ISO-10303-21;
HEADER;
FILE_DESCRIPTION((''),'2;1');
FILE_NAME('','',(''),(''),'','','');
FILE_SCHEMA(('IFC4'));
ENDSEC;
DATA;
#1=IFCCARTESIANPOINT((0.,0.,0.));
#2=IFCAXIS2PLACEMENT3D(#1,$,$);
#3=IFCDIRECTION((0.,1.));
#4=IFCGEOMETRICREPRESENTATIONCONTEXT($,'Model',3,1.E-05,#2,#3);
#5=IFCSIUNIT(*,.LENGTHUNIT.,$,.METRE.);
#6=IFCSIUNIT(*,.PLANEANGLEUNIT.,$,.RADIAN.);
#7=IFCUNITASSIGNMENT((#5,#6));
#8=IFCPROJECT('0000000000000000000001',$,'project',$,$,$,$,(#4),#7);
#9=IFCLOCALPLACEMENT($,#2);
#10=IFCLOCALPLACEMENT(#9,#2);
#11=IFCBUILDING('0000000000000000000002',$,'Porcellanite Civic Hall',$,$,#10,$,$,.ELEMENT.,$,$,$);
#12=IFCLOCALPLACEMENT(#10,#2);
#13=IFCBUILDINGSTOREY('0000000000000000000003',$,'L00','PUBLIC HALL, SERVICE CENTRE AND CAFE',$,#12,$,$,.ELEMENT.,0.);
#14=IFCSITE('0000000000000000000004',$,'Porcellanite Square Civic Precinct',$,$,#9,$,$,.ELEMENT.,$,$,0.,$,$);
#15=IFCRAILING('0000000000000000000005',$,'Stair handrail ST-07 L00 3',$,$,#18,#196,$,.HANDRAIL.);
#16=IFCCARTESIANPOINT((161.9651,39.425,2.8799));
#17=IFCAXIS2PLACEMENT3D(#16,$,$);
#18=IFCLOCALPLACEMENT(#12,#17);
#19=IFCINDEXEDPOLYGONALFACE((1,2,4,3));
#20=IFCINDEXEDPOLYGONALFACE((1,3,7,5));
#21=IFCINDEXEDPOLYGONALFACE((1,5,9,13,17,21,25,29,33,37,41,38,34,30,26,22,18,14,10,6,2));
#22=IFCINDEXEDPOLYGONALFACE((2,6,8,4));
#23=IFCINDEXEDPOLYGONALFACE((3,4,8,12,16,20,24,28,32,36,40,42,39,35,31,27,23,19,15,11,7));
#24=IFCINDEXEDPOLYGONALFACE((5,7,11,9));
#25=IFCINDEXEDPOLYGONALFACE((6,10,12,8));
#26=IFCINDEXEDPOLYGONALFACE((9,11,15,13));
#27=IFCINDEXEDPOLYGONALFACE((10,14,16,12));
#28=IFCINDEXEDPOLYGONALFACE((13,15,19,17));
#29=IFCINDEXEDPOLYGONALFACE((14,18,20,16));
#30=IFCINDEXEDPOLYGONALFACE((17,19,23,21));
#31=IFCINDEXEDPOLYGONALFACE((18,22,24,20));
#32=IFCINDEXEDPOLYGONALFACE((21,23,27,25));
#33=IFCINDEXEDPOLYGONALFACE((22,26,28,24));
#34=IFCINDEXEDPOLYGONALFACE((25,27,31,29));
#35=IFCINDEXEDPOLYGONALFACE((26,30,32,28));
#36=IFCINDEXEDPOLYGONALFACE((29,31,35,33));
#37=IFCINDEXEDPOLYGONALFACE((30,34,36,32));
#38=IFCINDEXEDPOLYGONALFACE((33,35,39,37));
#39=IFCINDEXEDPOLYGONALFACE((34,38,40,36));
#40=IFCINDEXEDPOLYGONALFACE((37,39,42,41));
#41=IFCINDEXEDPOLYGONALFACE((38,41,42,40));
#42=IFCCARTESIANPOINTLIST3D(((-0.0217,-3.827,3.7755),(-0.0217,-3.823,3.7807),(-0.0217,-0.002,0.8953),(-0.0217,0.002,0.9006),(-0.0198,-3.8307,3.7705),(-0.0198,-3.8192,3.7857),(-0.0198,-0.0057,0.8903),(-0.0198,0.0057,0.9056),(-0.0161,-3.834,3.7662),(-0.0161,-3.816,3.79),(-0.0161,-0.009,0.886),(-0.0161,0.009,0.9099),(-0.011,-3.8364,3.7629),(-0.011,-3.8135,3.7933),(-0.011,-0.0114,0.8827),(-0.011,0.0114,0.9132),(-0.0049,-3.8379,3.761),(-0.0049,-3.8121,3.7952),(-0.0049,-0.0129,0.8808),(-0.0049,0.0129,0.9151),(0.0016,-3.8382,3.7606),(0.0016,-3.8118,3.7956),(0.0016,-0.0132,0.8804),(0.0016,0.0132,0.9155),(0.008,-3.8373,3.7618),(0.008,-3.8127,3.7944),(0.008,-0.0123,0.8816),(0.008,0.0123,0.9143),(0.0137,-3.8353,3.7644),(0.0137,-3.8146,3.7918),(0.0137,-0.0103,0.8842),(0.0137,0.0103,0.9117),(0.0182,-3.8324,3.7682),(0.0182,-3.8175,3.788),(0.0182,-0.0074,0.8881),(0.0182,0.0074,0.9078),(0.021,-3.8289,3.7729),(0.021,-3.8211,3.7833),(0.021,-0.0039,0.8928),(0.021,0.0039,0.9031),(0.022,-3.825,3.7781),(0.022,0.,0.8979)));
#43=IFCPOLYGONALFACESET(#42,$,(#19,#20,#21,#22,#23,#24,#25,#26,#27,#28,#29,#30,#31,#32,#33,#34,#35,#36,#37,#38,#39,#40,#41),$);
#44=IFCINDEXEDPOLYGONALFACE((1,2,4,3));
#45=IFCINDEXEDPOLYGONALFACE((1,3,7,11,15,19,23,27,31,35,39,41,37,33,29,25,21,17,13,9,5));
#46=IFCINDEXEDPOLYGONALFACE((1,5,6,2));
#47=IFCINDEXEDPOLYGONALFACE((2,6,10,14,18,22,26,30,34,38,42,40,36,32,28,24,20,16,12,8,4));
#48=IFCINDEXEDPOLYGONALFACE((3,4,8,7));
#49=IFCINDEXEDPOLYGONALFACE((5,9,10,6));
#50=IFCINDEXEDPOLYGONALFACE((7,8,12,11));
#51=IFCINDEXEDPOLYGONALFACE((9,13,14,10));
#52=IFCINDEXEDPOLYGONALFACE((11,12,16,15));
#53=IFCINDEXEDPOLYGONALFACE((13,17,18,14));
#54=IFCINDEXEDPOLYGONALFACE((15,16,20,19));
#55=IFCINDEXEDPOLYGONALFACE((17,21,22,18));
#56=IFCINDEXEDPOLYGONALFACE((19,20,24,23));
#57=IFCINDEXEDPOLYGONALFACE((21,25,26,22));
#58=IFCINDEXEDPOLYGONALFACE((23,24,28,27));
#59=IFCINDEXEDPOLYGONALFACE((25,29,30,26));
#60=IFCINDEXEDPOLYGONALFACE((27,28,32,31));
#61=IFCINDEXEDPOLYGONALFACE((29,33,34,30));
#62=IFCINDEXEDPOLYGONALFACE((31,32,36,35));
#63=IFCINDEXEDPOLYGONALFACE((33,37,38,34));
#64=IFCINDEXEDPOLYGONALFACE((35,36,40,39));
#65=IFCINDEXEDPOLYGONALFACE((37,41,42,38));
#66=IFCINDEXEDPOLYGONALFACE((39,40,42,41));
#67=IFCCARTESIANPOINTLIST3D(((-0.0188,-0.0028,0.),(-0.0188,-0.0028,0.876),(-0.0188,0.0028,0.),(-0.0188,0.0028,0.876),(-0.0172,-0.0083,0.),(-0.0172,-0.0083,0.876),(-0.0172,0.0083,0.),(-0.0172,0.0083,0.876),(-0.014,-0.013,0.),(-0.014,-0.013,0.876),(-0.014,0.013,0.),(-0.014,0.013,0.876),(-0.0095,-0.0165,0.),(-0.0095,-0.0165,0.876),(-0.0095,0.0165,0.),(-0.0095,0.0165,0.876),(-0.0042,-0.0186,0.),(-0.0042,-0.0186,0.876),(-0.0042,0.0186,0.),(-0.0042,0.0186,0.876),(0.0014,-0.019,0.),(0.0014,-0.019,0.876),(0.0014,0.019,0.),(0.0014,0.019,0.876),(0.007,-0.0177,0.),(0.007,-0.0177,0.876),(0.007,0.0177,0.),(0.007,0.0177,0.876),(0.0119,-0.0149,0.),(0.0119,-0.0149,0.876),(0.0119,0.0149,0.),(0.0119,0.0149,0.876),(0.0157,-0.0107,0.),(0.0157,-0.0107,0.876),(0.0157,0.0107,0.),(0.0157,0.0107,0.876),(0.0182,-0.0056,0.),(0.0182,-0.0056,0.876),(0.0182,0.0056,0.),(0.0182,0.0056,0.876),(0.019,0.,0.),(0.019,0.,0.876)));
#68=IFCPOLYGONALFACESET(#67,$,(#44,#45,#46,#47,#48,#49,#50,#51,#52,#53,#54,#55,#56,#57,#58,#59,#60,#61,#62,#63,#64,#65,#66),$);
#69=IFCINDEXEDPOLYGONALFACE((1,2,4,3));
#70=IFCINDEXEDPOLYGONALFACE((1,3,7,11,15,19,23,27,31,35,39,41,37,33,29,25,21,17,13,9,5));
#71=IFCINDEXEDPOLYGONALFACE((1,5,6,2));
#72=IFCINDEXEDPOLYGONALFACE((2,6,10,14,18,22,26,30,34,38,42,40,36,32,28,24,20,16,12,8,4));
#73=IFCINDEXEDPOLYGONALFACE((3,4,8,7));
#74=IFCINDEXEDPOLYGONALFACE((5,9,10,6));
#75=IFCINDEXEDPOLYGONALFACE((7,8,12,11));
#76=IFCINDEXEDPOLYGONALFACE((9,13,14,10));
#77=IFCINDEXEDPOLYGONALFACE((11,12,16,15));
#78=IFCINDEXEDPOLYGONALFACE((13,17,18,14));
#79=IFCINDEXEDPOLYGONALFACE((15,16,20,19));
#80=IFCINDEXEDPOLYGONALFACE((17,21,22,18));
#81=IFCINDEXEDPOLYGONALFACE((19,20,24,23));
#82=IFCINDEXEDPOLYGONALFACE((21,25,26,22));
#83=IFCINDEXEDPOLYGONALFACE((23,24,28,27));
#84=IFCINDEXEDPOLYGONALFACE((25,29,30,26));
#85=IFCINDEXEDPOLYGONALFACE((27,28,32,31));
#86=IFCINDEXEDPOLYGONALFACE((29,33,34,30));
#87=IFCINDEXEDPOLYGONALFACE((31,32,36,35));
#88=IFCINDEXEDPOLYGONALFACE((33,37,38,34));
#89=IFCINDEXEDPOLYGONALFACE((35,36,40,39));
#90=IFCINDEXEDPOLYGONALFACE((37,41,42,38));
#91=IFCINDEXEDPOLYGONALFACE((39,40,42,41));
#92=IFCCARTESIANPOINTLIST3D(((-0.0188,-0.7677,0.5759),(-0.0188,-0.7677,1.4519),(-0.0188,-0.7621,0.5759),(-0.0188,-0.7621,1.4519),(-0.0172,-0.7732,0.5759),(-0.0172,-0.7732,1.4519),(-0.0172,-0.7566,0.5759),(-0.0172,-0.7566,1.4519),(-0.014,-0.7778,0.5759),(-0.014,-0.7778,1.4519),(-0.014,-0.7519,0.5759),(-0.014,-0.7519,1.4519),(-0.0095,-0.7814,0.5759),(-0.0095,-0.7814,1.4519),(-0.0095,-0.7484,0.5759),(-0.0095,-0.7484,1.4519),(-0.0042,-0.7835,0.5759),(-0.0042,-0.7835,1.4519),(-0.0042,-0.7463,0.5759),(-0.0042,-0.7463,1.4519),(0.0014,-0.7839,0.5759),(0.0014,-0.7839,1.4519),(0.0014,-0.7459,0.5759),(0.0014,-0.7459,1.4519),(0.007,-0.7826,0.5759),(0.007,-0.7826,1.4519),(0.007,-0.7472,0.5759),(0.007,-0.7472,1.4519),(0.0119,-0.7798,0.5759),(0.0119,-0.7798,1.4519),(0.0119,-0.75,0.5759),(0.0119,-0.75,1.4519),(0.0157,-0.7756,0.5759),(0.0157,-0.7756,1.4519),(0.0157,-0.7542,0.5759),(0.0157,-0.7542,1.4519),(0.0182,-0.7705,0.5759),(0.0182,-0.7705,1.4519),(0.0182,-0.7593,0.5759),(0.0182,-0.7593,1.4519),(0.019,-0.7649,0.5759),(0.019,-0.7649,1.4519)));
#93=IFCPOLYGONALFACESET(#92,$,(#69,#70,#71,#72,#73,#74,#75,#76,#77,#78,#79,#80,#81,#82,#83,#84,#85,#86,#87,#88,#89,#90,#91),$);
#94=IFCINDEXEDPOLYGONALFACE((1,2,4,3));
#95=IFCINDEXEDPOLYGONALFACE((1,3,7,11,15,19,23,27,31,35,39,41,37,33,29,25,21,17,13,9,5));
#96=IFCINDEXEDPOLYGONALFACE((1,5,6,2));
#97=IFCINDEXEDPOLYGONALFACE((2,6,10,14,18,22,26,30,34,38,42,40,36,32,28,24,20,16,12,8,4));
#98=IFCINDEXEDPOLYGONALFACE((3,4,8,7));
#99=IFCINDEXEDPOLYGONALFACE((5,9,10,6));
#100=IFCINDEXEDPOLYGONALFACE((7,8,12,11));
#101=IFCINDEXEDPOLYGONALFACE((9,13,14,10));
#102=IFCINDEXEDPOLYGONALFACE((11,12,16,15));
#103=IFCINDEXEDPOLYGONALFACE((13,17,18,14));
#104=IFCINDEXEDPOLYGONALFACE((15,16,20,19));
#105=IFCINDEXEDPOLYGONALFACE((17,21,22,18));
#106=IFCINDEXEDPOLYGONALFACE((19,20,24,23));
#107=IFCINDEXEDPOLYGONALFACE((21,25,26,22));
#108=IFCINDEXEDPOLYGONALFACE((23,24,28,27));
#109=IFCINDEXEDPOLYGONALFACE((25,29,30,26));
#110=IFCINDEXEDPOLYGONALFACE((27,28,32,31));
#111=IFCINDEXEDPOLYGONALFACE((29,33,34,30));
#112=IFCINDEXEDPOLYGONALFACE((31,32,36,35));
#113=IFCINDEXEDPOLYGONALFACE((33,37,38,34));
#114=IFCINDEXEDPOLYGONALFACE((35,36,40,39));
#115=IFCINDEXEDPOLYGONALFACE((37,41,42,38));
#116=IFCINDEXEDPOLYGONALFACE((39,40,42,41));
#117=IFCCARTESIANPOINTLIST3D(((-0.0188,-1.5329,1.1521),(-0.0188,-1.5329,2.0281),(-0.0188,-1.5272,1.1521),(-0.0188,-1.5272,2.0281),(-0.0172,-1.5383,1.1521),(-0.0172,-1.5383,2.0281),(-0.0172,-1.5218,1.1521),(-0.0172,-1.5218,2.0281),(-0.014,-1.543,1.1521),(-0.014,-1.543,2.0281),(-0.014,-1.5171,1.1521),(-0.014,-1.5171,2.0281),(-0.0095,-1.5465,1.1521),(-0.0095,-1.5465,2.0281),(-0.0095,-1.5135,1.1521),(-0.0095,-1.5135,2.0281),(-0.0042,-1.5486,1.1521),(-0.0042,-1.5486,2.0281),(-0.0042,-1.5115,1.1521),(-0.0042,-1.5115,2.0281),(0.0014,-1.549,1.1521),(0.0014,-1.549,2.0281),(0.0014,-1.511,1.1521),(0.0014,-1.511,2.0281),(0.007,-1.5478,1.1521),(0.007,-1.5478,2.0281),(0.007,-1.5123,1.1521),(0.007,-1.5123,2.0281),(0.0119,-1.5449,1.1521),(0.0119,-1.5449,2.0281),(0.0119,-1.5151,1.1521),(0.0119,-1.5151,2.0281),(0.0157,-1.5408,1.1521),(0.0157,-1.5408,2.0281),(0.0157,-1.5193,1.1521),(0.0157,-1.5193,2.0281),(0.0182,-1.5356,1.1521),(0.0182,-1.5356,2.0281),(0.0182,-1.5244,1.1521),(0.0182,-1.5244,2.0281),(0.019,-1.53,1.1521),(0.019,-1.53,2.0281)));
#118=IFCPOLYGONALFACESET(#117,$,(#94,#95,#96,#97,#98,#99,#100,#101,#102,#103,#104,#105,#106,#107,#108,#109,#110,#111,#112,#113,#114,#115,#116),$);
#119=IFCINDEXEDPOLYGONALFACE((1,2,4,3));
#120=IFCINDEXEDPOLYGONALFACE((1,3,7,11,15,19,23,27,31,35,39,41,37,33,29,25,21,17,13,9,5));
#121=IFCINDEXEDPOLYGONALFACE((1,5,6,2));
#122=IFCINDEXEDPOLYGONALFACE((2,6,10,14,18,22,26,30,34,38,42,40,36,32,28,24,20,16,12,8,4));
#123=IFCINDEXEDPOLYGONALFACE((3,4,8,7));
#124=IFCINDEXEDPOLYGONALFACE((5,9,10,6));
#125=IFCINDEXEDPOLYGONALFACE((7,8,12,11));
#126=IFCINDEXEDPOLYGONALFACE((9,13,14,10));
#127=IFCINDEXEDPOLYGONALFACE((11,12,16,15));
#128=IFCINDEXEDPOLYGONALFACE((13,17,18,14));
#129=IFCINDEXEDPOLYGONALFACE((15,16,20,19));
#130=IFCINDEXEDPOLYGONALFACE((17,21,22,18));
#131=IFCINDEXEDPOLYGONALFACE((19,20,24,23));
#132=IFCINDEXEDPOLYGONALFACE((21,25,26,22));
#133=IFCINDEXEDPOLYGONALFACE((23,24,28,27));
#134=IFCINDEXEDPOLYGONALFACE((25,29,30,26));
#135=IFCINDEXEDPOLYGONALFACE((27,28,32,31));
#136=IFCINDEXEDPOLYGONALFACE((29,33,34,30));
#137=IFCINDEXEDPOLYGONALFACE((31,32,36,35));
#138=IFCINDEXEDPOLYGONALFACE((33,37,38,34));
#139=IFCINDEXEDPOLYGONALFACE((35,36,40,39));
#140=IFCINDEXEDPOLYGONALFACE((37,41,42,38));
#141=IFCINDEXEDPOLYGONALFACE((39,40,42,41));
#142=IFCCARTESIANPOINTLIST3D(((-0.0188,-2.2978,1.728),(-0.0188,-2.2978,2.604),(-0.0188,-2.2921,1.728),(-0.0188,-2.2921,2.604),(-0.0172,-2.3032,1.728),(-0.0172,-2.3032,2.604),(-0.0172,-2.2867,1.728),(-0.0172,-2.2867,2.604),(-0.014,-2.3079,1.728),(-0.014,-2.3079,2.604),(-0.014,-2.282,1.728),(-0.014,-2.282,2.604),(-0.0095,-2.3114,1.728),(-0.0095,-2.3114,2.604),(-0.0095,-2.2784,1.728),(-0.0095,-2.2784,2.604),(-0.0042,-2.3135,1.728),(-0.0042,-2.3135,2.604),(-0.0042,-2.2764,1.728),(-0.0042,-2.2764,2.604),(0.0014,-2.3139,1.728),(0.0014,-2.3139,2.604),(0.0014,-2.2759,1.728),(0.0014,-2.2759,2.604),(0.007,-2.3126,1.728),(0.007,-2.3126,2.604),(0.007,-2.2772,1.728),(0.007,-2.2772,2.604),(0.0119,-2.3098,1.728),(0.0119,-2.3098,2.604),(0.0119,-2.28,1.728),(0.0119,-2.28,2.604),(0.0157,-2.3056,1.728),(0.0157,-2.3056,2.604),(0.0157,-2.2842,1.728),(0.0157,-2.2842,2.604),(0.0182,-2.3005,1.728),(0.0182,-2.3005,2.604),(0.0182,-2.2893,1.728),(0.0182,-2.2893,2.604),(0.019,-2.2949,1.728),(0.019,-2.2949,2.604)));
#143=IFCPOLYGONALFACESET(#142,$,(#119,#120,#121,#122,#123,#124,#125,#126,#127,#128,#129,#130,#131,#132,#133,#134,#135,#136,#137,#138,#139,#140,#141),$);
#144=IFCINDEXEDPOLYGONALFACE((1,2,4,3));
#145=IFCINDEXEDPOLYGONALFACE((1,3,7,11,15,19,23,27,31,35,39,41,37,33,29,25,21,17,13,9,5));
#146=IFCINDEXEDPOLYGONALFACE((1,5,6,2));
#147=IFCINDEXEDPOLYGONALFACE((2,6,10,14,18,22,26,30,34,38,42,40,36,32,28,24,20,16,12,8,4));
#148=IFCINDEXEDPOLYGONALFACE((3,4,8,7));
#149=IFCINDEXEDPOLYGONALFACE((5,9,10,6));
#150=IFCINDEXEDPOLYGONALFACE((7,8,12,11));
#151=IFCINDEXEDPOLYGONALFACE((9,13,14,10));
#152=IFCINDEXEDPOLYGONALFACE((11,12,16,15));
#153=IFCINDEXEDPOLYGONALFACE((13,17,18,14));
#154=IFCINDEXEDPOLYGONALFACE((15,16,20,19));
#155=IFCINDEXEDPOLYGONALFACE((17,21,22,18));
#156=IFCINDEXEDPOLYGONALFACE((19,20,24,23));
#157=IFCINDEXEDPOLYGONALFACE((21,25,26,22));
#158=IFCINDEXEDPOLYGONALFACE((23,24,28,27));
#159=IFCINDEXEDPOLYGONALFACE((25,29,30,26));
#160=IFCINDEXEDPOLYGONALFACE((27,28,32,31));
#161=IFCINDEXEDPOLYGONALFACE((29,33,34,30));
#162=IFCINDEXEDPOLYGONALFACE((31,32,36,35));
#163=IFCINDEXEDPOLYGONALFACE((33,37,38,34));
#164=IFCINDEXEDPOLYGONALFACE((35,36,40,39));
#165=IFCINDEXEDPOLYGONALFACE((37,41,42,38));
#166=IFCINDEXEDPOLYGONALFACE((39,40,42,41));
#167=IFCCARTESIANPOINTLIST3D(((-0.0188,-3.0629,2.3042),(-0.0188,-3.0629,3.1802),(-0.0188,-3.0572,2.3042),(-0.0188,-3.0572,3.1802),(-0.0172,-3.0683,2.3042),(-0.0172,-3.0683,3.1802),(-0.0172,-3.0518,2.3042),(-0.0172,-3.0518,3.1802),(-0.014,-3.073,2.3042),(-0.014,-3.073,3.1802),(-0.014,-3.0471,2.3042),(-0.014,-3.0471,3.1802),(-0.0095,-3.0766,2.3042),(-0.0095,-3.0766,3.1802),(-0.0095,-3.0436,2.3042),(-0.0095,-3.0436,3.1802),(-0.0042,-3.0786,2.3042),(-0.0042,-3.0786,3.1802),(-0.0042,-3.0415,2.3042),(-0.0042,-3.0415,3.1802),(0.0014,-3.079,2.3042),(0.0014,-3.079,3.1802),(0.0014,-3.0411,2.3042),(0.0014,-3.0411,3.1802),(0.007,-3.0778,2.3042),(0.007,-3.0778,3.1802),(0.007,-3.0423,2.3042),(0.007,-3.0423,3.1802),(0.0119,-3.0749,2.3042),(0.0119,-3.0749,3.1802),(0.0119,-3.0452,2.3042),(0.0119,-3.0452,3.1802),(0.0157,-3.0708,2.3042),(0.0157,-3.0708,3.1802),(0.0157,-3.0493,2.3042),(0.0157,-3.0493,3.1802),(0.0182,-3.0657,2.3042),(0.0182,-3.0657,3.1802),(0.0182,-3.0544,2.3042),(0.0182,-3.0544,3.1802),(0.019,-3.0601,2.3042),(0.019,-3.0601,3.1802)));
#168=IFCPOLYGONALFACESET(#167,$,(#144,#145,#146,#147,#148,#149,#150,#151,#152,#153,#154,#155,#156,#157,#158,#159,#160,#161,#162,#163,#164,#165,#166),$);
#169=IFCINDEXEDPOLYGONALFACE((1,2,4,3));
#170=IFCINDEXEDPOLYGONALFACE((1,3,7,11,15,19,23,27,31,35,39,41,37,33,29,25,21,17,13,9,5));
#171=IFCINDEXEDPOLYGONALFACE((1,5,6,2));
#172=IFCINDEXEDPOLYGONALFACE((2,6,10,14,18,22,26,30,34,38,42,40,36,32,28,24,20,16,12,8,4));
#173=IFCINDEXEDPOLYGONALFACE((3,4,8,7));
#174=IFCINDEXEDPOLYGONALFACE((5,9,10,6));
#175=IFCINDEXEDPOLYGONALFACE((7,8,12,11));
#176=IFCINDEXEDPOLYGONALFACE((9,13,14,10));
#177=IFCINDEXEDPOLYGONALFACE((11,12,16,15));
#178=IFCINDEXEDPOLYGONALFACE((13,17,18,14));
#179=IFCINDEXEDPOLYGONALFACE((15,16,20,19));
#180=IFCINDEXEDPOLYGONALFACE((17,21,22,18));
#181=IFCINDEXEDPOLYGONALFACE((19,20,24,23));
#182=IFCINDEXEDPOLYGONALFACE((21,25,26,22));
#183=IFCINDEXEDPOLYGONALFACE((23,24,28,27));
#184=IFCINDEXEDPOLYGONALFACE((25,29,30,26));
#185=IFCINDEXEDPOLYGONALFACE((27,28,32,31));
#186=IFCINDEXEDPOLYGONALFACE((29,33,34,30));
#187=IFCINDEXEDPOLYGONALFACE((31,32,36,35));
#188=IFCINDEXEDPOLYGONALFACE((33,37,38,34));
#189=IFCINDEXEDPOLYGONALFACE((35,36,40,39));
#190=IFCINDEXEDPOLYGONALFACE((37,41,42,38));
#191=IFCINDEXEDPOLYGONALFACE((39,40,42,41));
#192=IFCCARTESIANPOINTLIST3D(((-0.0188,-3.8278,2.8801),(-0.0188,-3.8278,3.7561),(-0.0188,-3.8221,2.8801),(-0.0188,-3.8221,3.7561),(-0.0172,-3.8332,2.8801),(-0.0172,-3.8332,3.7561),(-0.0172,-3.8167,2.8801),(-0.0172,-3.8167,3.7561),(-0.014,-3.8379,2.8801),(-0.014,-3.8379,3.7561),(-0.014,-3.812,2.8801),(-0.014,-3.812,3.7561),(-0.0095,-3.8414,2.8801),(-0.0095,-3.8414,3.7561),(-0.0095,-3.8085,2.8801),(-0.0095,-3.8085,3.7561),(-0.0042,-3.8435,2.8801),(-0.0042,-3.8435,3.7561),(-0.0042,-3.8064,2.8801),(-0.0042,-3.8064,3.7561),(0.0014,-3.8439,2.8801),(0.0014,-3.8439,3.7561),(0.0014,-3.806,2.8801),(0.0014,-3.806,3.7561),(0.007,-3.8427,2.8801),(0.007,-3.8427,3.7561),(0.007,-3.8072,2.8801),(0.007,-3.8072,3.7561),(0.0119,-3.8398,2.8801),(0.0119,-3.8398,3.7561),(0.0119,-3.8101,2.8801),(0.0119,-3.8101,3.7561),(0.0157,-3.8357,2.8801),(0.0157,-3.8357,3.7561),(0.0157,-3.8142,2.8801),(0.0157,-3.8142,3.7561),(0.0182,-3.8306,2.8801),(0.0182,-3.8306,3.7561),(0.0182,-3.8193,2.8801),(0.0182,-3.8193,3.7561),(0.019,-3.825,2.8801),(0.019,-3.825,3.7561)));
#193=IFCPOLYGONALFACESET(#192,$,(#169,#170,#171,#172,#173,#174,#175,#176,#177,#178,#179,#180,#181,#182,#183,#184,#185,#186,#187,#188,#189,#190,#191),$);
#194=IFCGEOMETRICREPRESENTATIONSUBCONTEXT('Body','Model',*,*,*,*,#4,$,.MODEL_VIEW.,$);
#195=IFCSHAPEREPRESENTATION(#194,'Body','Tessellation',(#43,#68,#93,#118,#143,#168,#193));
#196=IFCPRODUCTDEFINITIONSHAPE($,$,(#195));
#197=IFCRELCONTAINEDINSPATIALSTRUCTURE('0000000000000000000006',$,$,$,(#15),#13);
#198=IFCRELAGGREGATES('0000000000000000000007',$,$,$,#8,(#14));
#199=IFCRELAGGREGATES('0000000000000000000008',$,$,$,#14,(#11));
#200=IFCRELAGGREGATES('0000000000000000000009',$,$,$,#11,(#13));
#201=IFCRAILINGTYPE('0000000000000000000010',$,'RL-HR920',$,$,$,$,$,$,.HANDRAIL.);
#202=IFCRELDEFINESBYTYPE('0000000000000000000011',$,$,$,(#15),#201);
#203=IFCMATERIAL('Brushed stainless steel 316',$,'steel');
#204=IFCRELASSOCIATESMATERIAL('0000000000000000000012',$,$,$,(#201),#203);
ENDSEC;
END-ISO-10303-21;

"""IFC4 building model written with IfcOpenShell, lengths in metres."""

from ifc_helpers import new_model, si_unit, direction, frame, origin, origin_2d, place, context, subcontext, project, spatial, circle, extrude, material, type_object, element, save


model = new_model("IFC4")

# Units and contexts
model_context = context("Model", 3, precision=1e-05, world=origin(), true_north=direction((0.0, 1.0)))
body_context = subcontext(model_context, "Body", "Model", "MODEL_VIEW")
ifc_project = project(units=[si_unit("LENGTHUNIT", "METRE"), si_unit("PLANEANGLEUNIT", "RADIAN")], contexts=[model_context])

# Site, building, storey
site_placement = place(None, origin())
site = spatial("IfcSite", under=ifc_project, at=site_placement, Name="Porcellanite Square Civic Precinct", CompositionType="ELEMENT", RefElevation=0.0)
building_placement = place(site_placement, origin())
building = spatial("IfcBuilding", under=site, at=building_placement, Name="Porcellanite Civic Hall", CompositionType="ELEMENT")
storey_placement = place(building_placement, origin())
storey = spatial("IfcBuildingStorey", under=building, at=storey_placement, Name="L00", Description="PUBLIC HALL, SERVICE CENTRE AND CAFE", CompositionType="ELEMENT", Elevation=0.0)

# Railing
ifc_material_1 = material(Name="Brushed stainless steel 316", Category="steel")
railing_type_1 = type_object("IfcRailingType", Name="RL-HR920", PredefinedType="HANDRAIL", material=ifc_material_1)
railing_1_placement = place(storey_placement, frame((161.9651, 39.425, 2.8799)))
element("IfcRailing", 1, at=railing_1_placement, inside=storey, type_object=railing_type_1, Name="Stair handrail ST-07 L00 3", PredefinedType="HANDRAIL", context=body_context, shape_type="SweptSolid", body=[
    extrude(circle(Radius=0.022, at=origin_2d()), frame((0.0, 0.0, 0.8979), z_axis=(0.0, -0.798854, 0.601525), x_axis=(1.0, 0.0, 0.0)), (0.0, 0.0, 1.0), 4.7881),
    extrude(circle(Radius=0.019, at=origin_2d()), origin(), (0.0, 0.0, 1.0), 0.876),
    extrude(circle(Radius=0.019, at=origin_2d()), frame((0.0, -0.7649, 0.5759)), (0.0, 0.0, 1.0), 0.876),
    extrude(circle(Radius=0.019, at=origin_2d()), frame((0.0, -1.53, 1.1521)), (0.0, 0.0, 1.0), 0.876),
    extrude(circle(Radius=0.019, at=origin_2d()), frame((0.0, -2.2949, 1.728)), (0.0, 0.0, 1.0), 0.876),
    extrude(circle(Radius=0.019, at=origin_2d()), frame((0.0, -3.0601, 2.3042)), (0.0, 0.0, 1.0), 0.876),
    extrude(circle(Radius=0.019, at=origin_2d()), frame((0.0, -3.825, 2.8801)), (0.0, 0.0, 1.0), 0.876),
])

save(model, "model.ifc")
